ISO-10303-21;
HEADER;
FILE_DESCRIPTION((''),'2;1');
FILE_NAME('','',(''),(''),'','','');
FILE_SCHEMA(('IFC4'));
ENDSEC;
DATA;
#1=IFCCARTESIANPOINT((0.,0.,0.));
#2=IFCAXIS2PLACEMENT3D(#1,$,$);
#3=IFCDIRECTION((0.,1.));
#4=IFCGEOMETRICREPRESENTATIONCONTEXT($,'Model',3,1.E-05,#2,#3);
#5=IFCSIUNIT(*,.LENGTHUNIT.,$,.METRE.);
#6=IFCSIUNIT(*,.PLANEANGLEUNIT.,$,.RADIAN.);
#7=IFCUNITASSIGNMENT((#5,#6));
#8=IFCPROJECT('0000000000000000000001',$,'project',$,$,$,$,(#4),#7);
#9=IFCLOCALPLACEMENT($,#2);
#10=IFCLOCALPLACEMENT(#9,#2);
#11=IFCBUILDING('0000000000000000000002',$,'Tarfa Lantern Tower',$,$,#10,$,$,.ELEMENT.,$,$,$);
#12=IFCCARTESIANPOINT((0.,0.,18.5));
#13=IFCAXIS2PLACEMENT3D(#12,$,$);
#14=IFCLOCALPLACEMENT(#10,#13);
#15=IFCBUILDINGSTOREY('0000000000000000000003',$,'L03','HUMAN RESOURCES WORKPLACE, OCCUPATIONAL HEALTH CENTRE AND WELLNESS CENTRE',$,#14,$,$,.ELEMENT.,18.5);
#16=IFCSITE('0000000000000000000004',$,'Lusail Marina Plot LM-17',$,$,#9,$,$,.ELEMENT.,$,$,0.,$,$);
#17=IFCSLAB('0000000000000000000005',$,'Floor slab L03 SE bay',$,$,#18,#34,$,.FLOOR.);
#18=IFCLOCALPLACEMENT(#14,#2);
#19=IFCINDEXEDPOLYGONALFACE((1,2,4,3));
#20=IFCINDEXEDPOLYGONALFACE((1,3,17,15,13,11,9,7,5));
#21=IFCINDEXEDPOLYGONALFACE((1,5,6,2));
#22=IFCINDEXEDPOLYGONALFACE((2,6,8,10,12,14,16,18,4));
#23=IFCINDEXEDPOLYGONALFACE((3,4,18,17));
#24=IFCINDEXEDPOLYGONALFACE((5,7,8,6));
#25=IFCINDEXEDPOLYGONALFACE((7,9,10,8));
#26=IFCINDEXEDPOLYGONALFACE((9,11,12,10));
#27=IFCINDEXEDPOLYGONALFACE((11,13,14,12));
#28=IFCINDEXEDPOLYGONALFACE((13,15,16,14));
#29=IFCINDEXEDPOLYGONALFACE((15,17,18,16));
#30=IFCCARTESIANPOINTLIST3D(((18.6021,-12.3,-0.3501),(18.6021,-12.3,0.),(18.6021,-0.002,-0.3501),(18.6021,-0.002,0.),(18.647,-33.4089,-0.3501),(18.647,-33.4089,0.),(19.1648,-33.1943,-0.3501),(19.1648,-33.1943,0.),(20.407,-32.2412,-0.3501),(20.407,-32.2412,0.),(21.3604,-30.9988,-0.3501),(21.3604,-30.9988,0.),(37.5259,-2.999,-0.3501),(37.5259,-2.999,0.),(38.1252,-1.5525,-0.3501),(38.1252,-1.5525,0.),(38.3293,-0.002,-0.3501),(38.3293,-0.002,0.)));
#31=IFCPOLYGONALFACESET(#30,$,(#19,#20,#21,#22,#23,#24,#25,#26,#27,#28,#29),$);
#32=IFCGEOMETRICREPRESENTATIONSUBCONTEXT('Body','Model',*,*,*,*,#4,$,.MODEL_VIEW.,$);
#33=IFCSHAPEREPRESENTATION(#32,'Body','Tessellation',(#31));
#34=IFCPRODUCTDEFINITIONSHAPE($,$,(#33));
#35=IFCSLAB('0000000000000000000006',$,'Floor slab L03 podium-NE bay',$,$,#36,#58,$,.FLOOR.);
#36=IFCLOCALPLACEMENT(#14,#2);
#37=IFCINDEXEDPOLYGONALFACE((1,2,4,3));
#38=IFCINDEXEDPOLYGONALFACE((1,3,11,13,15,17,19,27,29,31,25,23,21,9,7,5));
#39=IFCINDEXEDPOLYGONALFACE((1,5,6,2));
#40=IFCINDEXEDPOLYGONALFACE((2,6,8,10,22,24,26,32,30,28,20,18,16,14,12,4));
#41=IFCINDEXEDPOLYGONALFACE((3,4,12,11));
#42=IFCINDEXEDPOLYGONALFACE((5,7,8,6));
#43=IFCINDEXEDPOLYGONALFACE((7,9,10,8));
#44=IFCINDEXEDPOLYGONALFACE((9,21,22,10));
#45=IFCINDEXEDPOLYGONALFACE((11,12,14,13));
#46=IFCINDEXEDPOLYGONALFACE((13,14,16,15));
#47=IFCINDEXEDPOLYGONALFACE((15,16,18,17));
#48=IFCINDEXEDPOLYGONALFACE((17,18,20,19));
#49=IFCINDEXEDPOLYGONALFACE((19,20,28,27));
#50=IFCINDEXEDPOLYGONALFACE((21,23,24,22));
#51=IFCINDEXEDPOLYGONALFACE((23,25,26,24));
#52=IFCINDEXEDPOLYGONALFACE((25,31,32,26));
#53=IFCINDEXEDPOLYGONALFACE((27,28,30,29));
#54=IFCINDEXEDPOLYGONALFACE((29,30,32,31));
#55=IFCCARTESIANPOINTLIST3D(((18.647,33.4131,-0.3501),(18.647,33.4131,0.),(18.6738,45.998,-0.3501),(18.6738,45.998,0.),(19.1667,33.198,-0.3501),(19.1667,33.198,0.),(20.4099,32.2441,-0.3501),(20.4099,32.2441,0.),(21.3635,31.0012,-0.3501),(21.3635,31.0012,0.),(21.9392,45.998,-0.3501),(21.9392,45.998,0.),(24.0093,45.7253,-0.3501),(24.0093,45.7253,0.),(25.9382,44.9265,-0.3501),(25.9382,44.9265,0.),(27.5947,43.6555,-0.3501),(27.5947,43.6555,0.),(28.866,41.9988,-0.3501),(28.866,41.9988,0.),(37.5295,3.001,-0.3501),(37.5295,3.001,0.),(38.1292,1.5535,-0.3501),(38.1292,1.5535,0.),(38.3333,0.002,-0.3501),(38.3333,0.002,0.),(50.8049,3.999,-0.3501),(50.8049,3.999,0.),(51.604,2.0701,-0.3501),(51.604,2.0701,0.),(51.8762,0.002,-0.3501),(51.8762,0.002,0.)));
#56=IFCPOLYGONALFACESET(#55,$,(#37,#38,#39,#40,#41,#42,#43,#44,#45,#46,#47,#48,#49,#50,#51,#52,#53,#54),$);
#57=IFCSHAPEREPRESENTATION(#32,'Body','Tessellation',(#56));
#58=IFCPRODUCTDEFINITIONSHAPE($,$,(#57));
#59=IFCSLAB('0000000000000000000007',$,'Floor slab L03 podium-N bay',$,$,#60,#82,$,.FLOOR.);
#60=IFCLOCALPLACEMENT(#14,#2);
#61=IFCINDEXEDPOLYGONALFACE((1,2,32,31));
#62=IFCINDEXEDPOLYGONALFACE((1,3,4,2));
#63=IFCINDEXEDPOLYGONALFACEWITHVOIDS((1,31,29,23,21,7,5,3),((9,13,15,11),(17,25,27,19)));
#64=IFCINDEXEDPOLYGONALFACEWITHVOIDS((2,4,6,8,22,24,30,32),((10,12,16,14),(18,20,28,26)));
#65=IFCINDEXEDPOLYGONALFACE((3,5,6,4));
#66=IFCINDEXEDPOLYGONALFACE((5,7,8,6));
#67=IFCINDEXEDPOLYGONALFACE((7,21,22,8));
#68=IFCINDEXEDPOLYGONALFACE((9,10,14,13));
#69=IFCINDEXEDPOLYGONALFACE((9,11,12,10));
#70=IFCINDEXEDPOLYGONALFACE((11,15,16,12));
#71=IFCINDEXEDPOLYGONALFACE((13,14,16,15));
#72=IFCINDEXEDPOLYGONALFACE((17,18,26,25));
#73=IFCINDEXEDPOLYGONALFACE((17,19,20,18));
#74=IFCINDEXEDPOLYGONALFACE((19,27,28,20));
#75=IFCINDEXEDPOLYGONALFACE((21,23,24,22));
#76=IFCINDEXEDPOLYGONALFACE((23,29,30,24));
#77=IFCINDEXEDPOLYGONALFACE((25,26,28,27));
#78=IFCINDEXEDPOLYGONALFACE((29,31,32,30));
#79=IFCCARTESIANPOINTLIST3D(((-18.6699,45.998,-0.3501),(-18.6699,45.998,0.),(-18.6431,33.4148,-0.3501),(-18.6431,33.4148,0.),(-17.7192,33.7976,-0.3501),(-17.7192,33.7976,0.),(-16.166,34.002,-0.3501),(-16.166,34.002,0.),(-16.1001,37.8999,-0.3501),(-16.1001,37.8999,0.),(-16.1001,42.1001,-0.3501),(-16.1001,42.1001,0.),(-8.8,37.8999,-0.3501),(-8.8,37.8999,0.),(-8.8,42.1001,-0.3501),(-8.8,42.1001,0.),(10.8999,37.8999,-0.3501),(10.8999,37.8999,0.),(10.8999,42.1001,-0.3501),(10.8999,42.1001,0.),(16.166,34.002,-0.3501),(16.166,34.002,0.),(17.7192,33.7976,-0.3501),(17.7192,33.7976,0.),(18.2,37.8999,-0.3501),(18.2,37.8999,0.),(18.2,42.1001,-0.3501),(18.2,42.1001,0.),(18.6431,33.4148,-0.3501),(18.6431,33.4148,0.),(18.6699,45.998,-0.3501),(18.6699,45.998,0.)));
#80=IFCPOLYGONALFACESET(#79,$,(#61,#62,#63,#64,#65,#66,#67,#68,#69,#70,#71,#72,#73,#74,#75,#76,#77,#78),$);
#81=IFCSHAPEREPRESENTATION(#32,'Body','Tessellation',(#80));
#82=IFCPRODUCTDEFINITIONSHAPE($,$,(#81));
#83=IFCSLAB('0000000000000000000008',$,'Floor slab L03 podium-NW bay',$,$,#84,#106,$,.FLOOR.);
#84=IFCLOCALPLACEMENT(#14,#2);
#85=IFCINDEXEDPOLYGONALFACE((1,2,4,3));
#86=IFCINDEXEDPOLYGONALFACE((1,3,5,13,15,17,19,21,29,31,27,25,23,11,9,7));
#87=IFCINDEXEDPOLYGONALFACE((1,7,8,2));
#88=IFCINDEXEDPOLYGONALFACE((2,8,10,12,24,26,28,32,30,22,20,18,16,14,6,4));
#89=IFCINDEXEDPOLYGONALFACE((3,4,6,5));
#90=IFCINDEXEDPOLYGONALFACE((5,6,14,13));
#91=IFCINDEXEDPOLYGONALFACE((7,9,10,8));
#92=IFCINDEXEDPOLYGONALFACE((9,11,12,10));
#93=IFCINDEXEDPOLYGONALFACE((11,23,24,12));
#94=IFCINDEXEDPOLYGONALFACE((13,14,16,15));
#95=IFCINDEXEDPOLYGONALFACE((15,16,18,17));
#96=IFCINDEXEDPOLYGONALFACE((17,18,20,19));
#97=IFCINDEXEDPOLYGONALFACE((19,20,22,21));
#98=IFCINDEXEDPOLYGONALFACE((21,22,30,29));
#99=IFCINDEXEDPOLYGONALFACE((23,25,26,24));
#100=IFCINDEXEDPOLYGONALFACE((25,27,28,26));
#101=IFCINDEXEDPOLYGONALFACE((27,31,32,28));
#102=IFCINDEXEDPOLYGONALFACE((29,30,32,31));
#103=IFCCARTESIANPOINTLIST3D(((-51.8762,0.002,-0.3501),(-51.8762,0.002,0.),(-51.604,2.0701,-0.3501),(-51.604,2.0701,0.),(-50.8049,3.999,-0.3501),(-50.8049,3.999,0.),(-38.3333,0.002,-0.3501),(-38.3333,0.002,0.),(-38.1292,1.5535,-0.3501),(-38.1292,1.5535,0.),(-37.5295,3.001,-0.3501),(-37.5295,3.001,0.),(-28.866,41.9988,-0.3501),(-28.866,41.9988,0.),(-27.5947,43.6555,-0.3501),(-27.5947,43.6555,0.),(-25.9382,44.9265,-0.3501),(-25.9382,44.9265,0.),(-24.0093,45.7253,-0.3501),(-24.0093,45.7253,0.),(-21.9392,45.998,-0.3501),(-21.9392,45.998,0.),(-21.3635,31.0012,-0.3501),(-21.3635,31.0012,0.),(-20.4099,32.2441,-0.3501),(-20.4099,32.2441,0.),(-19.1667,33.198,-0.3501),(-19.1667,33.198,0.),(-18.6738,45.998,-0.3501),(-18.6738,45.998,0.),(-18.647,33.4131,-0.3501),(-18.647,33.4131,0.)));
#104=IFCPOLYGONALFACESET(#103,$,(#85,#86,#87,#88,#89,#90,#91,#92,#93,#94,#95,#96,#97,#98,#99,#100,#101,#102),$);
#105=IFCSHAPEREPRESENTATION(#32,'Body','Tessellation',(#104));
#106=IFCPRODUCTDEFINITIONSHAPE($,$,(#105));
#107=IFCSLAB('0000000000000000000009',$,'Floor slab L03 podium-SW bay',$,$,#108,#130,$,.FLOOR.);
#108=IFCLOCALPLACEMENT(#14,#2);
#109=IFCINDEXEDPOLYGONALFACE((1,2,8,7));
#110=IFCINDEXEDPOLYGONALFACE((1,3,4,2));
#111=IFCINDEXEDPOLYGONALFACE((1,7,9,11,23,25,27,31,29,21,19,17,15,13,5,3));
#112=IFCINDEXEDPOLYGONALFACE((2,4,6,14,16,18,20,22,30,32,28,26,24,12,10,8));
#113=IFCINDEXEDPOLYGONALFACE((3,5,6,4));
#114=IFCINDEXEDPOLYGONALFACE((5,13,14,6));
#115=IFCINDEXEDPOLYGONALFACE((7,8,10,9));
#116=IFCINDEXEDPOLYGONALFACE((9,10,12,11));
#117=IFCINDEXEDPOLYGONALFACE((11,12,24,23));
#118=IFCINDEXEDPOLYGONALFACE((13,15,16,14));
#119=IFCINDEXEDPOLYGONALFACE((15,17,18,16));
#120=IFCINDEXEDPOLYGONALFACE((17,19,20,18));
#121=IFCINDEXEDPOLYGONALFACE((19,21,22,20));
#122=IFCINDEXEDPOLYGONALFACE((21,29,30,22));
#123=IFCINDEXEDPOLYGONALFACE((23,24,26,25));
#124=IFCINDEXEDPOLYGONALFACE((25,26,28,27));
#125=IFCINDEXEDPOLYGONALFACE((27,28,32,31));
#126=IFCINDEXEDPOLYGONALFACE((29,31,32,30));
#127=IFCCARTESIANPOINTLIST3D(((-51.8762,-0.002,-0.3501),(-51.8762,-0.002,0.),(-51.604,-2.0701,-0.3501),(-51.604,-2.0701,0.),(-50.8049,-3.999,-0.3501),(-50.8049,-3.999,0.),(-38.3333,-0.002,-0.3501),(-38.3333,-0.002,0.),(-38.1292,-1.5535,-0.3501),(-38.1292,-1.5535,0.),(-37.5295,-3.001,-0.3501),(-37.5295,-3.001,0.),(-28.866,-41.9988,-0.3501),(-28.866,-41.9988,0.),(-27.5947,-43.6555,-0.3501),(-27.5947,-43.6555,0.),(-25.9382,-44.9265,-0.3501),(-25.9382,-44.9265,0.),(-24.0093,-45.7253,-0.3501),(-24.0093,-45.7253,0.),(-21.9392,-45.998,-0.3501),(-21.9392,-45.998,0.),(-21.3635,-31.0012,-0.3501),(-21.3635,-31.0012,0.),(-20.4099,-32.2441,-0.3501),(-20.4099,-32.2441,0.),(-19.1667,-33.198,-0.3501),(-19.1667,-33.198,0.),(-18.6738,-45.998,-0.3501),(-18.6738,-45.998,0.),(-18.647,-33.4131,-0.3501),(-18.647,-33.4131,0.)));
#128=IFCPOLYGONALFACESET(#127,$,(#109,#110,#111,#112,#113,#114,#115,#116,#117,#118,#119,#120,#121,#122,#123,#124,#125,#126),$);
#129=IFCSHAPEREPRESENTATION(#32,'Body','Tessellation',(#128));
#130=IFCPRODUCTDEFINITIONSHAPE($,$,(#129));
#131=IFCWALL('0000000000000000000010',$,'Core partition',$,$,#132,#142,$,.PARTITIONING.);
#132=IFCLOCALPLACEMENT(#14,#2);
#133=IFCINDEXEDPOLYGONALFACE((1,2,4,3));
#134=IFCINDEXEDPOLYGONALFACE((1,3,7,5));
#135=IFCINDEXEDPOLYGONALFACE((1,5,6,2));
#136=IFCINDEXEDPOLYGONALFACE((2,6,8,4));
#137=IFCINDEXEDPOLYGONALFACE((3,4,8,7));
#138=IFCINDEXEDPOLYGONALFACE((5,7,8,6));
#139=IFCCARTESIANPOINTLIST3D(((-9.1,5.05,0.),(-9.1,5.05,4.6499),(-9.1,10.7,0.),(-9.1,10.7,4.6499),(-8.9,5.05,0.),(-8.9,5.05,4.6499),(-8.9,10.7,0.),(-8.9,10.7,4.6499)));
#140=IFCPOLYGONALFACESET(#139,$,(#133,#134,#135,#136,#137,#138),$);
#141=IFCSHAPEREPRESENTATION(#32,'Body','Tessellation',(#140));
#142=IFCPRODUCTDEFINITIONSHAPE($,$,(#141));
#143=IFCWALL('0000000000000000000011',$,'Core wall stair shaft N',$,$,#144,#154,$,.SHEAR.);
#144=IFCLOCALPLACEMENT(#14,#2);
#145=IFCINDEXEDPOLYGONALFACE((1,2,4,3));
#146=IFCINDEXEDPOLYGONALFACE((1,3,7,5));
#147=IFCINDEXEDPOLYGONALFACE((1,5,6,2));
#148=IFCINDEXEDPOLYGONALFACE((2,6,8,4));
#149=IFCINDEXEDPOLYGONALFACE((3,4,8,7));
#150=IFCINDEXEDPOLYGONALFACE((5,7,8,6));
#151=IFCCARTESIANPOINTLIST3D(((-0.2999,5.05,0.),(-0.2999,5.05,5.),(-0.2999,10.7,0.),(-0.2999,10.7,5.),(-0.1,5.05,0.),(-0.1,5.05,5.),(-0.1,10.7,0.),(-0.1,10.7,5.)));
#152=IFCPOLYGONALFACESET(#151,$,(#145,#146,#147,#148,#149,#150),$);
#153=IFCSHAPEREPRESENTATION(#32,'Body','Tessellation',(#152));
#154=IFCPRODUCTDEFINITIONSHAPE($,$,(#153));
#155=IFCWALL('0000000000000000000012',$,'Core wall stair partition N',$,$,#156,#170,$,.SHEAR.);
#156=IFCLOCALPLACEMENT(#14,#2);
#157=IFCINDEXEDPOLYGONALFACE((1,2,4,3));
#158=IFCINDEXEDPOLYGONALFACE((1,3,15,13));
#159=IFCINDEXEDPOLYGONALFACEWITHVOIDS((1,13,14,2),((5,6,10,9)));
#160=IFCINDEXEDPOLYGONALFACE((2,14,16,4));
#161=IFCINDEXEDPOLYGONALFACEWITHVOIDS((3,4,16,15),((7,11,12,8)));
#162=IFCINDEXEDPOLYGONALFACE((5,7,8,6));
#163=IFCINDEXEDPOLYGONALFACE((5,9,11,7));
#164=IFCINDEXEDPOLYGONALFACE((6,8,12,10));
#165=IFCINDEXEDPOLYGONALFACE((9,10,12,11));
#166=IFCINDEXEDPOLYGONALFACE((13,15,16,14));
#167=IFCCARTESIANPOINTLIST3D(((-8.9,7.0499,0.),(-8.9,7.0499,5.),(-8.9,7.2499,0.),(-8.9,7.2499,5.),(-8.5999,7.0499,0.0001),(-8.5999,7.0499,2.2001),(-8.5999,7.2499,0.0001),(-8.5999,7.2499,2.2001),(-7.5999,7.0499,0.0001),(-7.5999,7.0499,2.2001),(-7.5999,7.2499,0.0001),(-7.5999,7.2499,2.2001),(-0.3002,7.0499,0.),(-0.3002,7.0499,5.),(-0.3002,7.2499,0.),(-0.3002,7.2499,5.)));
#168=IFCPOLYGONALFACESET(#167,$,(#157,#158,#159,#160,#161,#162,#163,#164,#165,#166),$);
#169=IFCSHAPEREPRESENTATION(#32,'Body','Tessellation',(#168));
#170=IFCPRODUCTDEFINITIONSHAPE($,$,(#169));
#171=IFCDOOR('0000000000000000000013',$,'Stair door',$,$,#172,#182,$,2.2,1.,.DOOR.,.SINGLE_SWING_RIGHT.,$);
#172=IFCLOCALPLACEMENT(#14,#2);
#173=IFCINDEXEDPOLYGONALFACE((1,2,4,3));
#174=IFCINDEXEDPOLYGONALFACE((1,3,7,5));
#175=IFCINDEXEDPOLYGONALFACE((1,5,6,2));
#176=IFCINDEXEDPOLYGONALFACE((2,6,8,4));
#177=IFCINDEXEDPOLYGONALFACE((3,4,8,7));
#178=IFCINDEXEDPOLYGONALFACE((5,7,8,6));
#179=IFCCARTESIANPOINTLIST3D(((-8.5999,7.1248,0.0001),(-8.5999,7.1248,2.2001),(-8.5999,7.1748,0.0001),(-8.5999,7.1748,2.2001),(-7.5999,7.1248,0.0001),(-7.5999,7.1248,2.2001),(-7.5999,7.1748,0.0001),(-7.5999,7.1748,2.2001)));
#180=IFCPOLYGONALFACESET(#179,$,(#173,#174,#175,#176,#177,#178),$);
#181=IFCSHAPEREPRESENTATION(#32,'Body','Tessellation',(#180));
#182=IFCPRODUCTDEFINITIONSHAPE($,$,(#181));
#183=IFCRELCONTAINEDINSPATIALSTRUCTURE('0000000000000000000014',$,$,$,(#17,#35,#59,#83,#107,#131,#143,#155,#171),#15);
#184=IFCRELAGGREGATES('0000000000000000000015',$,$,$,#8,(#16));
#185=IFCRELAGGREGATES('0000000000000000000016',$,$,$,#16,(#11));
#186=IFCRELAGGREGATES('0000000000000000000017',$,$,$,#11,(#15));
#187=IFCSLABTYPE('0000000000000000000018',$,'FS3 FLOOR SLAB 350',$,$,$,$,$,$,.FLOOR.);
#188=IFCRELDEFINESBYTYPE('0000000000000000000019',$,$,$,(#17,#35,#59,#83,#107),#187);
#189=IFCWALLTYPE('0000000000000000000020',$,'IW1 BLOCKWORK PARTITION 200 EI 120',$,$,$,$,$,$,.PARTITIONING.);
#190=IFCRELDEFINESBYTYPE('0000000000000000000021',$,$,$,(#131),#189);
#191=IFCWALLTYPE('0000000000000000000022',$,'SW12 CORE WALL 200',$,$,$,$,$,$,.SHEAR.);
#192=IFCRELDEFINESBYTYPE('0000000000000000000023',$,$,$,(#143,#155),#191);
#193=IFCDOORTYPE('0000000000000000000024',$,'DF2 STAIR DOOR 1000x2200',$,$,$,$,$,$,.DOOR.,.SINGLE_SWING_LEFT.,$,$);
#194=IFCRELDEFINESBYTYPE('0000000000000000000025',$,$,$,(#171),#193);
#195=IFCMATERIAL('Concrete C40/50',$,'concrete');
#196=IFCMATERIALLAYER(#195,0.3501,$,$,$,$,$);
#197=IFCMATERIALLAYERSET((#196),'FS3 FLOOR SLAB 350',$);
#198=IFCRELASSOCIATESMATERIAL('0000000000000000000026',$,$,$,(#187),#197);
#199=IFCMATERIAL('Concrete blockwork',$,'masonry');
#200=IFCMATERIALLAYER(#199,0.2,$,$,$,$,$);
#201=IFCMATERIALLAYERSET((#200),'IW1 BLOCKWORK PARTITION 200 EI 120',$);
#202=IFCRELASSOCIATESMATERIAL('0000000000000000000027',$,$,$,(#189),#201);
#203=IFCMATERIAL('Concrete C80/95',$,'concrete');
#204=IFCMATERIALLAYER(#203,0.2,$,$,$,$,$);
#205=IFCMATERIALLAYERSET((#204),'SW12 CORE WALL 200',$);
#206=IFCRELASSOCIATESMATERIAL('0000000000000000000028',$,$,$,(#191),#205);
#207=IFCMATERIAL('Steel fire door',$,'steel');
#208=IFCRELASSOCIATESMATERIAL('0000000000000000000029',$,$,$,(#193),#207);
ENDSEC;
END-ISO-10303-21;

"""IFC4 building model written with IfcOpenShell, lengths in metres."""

from ifc_helpers import new_model, si_unit, direction, frame, frame_2d, origin, place, context, subcontext, project, spatial, polyline, rectangle, outline, extrude, material, layer, layer_set, type_object, element, fill, save


model = new_model("IFC4")

# Units and contexts
model_context = context("Model", 3, precision=1e-05, world=origin(), true_north=direction((0.0, 1.0)))
body_context = subcontext(model_context, "Body", "Model", "MODEL_VIEW")
ifc_project = project(units=[si_unit("LENGTHUNIT", "METRE"), si_unit("PLANEANGLEUNIT", "RADIAN")], contexts=[model_context])

# Site, building, storey
site_placement = place(None, origin())
site = spatial("IfcSite", under=ifc_project, at=site_placement, Name="Lusail Marina Plot LM-17", CompositionType="ELEMENT", RefElevation=0.0)
building_placement = place(site_placement, origin())
building = spatial("IfcBuilding", under=site, at=building_placement, Name="Tarfa Lantern Tower", CompositionType="ELEMENT")
storey_placement = place(building_placement, frame((0.0, 0.0, 18.5)))
storey = spatial("IfcBuildingStorey", under=building, at=storey_placement, Name="L03", Description="HUMAN RESOURCES WORKPLACE, OCCUPATIONAL HEALTH CENTRE AND WELLNESS CENTRE", CompositionType="ELEMENT", Elevation=18.5)

# Slabs
ifc_material_1 = material(Name="Concrete C40/50", Category="concrete")
ifc_layer_1 = layer(ifc_material_1, 0.3501)
ifc_layer_set_1 = layer_set([ifc_layer_1], Name="FS3 FLOOR SLAB 350")
slab_type = type_object("IfcSlabType", Name="FS3 FLOOR SLAB 350", PredefinedType="FLOOR", material=ifc_layer_set_1)
slab_1_placement = place(storey_placement, frame((0.0, 0.0, -0.3501)))
element("IfcSlab", 1, at=slab_1_placement, inside=storey, type_object=slab_type, Name="Floor slab L03 SE bay", PredefinedType="FLOOR", context=body_context, shape_type="SweptSolid", body=[
    extrude(outline(polyline([(18.6021, -0.002), (18.6021, -12.3), (18.647, -33.4089), (19.1648, -33.1943), (20.407, -32.2412), (21.3604, -30.9988), (37.5259, -2.999), (38.1252, -1.5525), (38.3293, -0.002), (18.6021, -0.002)])), origin(), (0.0, 0.0, 1.0), 0.3501),
])
slab_2_placement = place(storey_placement, frame((0.0, 0.0, -0.3501)))
element("IfcSlab", 2, at=slab_2_placement, inside=storey, type_object=slab_type, Name="Floor slab L03 podium-NE bay", PredefinedType="FLOOR", context=body_context, shape_type="SweptSolid", body=[
    extrude(outline(polyline([(50.8049, 3.999), (28.866, 41.9988), (27.5947, 43.6555), (25.9382, 44.9265), (24.0093, 45.7253), (21.9392, 45.998), (18.6738, 45.998), (18.647, 33.4131), (19.1667, 33.198), (20.4099, 32.2441), (21.3635, 31.0012), (37.5295, 3.001), (38.1292, 1.5535), (38.3333, 0.002), (51.8762, 0.002), (51.604, 2.0701), (50.8049, 3.999)])), origin(), (0.0, 0.0, 1.0), 0.3501),
])
slab_3_placement = place(storey_placement, frame((0.0, 0.0, -0.3501)))
element("IfcSlab", 3, at=slab_3_placement, inside=storey, type_object=slab_type, Name="Floor slab L03 podium-N bay", PredefinedType="FLOOR", context=body_context, shape_type="SweptSolid", body=[
    extrude(outline(polyline([(-18.6431, 33.4148), (-17.7192, 33.7976), (-16.166, 34.002), (16.166, 34.002), (17.7192, 33.7976), (18.6431, 33.4148), (18.6699, 45.998), (-18.6699, 45.998), (-18.6431, 33.4148)]), holes=[polyline([(10.8999, 37.8999), (18.2, 37.8999), (18.2, 42.1001), (10.8999, 42.1001), (10.8999, 37.8999)]), polyline([(-16.1001, 37.8999), (-8.8, 37.8999), (-8.8, 42.1001), (-16.1001, 42.1001), (-16.1001, 37.8999)])]), origin(), (0.0, 0.0, 1.0), 0.3501),
])
slab_4_placement = place(storey_placement, frame((0.0, 0.0, -0.3501)))
element("IfcSlab", 4, at=slab_4_placement, inside=storey, type_object=slab_type, Name="Floor slab L03 podium-NW bay", PredefinedType="FLOOR", context=body_context, shape_type="SweptSolid", body=[
    extrude(outline(polyline([(-38.3333, 0.002), (-38.1292, 1.5535), (-37.5295, 3.001), (-21.3635, 31.0012), (-20.4099, 32.2441), (-19.1667, 33.198), (-18.647, 33.4131), (-18.6738, 45.998), (-21.9392, 45.998), (-24.0093, 45.7253), (-25.9382, 44.9265), (-27.5947, 43.6555), (-28.866, 41.9988), (-50.8049, 3.999), (-51.604, 2.0701), (-51.8762, 0.002), (-38.3333, 0.002)])), origin(), (0.0, 0.0, 1.0), 0.3501),
])
slab_5_placement = place(storey_placement, frame((0.0, 0.0, -0.3501)))
element("IfcSlab", 5, at=slab_5_placement, inside=storey, type_object=slab_type, Name="Floor slab L03 podium-SW bay", PredefinedType="FLOOR", context=body_context, shape_type="SweptSolid", body=[
    extrude(outline(polyline([(-18.647, -33.4131), (-19.1667, -33.198), (-20.4099, -32.2441), (-21.3635, -31.0012), (-37.5295, -3.001), (-38.1292, -1.5535), (-38.3333, -0.002), (-51.8762, -0.002), (-51.604, -2.0701), (-50.8049, -3.999), (-28.866, -41.9988), (-27.5947, -43.6555), (-25.9382, -44.9265), (-24.0093, -45.7253), (-21.9392, -45.998), (-18.6738, -45.998), (-18.647, -33.4131)])), origin(), (0.0, 0.0, 1.0), 0.3501),
])

# Walls
ifc_material_2 = material(Name="Concrete blockwork", Category="masonry")
ifc_layer_2 = layer(ifc_material_2, 0.2)
ifc_layer_set_2 = layer_set([ifc_layer_2], Name="IW1 BLOCKWORK PARTITION 200 EI 120")
wall_type_1 = type_object("IfcWallType", Name="IW1 BLOCKWORK PARTITION 200 EI 120", PredefinedType="PARTITIONING", material=ifc_layer_set_2)
wall_1_placement = place(storey_placement, frame((-9.0, 5.05, 0.0), z_axis=(0.0, 0.0, 1.0), x_axis=(0.0, 1.0, 0.0)))
element("IfcWall", 6, at=wall_1_placement, inside=storey, type_object=wall_type_1, Name="Core partition", PredefinedType="PARTITIONING", context=body_context, shape_type="SweptSolid", body=[
    extrude(rectangle(XDim=5.6499, YDim=0.2, at=frame_2d((2.825, 0.0))), origin(), (0.0, 0.0, 1.0), 4.6499),
])
ifc_material_3 = material(Name="Concrete C80/95", Category="concrete")
ifc_layer_3 = layer(ifc_material_3, 0.2)
ifc_layer_set_3 = layer_set([ifc_layer_3], Name="SW12 CORE WALL 200")
wall_type_2 = type_object("IfcWallType", Name="SW12 CORE WALL 200", PredefinedType="SHEAR", material=ifc_layer_set_3)
wall_2_placement = place(storey_placement, frame((-0.2, 5.05, 0.0), z_axis=(0.0, 0.0, 1.0), x_axis=(0.0, 1.0, 0.0)))
element("IfcWall", 7, at=wall_2_placement, inside=storey, type_object=wall_type_2, Name="Core wall stair shaft N", PredefinedType="SHEAR", context=body_context, shape_type="SweptSolid", body=[
    extrude(rectangle(XDim=5.6499, YDim=0.2, at=frame_2d((2.825, 0.0))), origin(), (0.0, 0.0, 1.0), 5.0),
])

# Wall, opening, door
wall_3_placement = place(storey_placement, frame((-8.8999, 7.1499, 0.0), z_axis=(0.0, 0.0, 1.0), x_axis=(1.0, 0.0, 0.0)))
wall_3 = element("IfcWall", 8, at=wall_3_placement, inside=storey, type_object=wall_type_2, Name="Core wall stair partition N", PredefinedType="SHEAR", context=body_context, shape_type="SweptSolid", body=[
    extrude(rectangle(XDim=8.5999, YDim=0.2, at=frame_2d((4.2998, 0.0))), origin(), (0.0, 0.0, 1.0), 5.0),
])
opening_1_placement = place(wall_3_placement, frame((0.3, 0.0, 0.0)))
opening_1 = element("IfcOpeningElement", 9, at=opening_1_placement, cuts=wall_3, PredefinedType="OPENING", context=body_context, shape_type="SweptSolid", body=[
    extrude(rectangle(XDim=1.0, YDim=2.2, at=frame_2d((0.5, 1.1001))), frame((0.0, 0.1099, 0.0), z_axis=(0.0, -1.0, 0.0), x_axis=(1.0, 0.0, 0.0)), (0.0, 0.0, 1.0), 0.22),
])
ifc_material_4 = material(Name="Steel fire door", Category="steel")
door_type_1 = type_object("IfcDoorType", Name="DF2 STAIR DOOR 1000x2200", OperationType="SINGLE_SWING_LEFT", PredefinedType="DOOR", material=ifc_material_4)
door_1_placement = place(opening_1_placement, origin())
door_1 = element("IfcDoor", 10, at=door_1_placement, inside=storey, type_object=door_type_1, Name="Stair door", OperationType="SINGLE_SWING_RIGHT", OverallHeight=2.2, OverallWidth=1.0, PredefinedType="DOOR", context=body_context, shape_type="SweptSolid", body=[
    extrude(rectangle(XDim=1.0, YDim=2.2, at=frame_2d((0.5, 1.1001))), frame((0.0, 0.0249, 0.0), z_axis=(0.0, -1.0, 0.0), x_axis=(1.0, 0.0, 0.0)), (0.0, 0.0, 1.0), 0.05),
])
fill(opening_1, door_1)

save(model, "model.ifc")
